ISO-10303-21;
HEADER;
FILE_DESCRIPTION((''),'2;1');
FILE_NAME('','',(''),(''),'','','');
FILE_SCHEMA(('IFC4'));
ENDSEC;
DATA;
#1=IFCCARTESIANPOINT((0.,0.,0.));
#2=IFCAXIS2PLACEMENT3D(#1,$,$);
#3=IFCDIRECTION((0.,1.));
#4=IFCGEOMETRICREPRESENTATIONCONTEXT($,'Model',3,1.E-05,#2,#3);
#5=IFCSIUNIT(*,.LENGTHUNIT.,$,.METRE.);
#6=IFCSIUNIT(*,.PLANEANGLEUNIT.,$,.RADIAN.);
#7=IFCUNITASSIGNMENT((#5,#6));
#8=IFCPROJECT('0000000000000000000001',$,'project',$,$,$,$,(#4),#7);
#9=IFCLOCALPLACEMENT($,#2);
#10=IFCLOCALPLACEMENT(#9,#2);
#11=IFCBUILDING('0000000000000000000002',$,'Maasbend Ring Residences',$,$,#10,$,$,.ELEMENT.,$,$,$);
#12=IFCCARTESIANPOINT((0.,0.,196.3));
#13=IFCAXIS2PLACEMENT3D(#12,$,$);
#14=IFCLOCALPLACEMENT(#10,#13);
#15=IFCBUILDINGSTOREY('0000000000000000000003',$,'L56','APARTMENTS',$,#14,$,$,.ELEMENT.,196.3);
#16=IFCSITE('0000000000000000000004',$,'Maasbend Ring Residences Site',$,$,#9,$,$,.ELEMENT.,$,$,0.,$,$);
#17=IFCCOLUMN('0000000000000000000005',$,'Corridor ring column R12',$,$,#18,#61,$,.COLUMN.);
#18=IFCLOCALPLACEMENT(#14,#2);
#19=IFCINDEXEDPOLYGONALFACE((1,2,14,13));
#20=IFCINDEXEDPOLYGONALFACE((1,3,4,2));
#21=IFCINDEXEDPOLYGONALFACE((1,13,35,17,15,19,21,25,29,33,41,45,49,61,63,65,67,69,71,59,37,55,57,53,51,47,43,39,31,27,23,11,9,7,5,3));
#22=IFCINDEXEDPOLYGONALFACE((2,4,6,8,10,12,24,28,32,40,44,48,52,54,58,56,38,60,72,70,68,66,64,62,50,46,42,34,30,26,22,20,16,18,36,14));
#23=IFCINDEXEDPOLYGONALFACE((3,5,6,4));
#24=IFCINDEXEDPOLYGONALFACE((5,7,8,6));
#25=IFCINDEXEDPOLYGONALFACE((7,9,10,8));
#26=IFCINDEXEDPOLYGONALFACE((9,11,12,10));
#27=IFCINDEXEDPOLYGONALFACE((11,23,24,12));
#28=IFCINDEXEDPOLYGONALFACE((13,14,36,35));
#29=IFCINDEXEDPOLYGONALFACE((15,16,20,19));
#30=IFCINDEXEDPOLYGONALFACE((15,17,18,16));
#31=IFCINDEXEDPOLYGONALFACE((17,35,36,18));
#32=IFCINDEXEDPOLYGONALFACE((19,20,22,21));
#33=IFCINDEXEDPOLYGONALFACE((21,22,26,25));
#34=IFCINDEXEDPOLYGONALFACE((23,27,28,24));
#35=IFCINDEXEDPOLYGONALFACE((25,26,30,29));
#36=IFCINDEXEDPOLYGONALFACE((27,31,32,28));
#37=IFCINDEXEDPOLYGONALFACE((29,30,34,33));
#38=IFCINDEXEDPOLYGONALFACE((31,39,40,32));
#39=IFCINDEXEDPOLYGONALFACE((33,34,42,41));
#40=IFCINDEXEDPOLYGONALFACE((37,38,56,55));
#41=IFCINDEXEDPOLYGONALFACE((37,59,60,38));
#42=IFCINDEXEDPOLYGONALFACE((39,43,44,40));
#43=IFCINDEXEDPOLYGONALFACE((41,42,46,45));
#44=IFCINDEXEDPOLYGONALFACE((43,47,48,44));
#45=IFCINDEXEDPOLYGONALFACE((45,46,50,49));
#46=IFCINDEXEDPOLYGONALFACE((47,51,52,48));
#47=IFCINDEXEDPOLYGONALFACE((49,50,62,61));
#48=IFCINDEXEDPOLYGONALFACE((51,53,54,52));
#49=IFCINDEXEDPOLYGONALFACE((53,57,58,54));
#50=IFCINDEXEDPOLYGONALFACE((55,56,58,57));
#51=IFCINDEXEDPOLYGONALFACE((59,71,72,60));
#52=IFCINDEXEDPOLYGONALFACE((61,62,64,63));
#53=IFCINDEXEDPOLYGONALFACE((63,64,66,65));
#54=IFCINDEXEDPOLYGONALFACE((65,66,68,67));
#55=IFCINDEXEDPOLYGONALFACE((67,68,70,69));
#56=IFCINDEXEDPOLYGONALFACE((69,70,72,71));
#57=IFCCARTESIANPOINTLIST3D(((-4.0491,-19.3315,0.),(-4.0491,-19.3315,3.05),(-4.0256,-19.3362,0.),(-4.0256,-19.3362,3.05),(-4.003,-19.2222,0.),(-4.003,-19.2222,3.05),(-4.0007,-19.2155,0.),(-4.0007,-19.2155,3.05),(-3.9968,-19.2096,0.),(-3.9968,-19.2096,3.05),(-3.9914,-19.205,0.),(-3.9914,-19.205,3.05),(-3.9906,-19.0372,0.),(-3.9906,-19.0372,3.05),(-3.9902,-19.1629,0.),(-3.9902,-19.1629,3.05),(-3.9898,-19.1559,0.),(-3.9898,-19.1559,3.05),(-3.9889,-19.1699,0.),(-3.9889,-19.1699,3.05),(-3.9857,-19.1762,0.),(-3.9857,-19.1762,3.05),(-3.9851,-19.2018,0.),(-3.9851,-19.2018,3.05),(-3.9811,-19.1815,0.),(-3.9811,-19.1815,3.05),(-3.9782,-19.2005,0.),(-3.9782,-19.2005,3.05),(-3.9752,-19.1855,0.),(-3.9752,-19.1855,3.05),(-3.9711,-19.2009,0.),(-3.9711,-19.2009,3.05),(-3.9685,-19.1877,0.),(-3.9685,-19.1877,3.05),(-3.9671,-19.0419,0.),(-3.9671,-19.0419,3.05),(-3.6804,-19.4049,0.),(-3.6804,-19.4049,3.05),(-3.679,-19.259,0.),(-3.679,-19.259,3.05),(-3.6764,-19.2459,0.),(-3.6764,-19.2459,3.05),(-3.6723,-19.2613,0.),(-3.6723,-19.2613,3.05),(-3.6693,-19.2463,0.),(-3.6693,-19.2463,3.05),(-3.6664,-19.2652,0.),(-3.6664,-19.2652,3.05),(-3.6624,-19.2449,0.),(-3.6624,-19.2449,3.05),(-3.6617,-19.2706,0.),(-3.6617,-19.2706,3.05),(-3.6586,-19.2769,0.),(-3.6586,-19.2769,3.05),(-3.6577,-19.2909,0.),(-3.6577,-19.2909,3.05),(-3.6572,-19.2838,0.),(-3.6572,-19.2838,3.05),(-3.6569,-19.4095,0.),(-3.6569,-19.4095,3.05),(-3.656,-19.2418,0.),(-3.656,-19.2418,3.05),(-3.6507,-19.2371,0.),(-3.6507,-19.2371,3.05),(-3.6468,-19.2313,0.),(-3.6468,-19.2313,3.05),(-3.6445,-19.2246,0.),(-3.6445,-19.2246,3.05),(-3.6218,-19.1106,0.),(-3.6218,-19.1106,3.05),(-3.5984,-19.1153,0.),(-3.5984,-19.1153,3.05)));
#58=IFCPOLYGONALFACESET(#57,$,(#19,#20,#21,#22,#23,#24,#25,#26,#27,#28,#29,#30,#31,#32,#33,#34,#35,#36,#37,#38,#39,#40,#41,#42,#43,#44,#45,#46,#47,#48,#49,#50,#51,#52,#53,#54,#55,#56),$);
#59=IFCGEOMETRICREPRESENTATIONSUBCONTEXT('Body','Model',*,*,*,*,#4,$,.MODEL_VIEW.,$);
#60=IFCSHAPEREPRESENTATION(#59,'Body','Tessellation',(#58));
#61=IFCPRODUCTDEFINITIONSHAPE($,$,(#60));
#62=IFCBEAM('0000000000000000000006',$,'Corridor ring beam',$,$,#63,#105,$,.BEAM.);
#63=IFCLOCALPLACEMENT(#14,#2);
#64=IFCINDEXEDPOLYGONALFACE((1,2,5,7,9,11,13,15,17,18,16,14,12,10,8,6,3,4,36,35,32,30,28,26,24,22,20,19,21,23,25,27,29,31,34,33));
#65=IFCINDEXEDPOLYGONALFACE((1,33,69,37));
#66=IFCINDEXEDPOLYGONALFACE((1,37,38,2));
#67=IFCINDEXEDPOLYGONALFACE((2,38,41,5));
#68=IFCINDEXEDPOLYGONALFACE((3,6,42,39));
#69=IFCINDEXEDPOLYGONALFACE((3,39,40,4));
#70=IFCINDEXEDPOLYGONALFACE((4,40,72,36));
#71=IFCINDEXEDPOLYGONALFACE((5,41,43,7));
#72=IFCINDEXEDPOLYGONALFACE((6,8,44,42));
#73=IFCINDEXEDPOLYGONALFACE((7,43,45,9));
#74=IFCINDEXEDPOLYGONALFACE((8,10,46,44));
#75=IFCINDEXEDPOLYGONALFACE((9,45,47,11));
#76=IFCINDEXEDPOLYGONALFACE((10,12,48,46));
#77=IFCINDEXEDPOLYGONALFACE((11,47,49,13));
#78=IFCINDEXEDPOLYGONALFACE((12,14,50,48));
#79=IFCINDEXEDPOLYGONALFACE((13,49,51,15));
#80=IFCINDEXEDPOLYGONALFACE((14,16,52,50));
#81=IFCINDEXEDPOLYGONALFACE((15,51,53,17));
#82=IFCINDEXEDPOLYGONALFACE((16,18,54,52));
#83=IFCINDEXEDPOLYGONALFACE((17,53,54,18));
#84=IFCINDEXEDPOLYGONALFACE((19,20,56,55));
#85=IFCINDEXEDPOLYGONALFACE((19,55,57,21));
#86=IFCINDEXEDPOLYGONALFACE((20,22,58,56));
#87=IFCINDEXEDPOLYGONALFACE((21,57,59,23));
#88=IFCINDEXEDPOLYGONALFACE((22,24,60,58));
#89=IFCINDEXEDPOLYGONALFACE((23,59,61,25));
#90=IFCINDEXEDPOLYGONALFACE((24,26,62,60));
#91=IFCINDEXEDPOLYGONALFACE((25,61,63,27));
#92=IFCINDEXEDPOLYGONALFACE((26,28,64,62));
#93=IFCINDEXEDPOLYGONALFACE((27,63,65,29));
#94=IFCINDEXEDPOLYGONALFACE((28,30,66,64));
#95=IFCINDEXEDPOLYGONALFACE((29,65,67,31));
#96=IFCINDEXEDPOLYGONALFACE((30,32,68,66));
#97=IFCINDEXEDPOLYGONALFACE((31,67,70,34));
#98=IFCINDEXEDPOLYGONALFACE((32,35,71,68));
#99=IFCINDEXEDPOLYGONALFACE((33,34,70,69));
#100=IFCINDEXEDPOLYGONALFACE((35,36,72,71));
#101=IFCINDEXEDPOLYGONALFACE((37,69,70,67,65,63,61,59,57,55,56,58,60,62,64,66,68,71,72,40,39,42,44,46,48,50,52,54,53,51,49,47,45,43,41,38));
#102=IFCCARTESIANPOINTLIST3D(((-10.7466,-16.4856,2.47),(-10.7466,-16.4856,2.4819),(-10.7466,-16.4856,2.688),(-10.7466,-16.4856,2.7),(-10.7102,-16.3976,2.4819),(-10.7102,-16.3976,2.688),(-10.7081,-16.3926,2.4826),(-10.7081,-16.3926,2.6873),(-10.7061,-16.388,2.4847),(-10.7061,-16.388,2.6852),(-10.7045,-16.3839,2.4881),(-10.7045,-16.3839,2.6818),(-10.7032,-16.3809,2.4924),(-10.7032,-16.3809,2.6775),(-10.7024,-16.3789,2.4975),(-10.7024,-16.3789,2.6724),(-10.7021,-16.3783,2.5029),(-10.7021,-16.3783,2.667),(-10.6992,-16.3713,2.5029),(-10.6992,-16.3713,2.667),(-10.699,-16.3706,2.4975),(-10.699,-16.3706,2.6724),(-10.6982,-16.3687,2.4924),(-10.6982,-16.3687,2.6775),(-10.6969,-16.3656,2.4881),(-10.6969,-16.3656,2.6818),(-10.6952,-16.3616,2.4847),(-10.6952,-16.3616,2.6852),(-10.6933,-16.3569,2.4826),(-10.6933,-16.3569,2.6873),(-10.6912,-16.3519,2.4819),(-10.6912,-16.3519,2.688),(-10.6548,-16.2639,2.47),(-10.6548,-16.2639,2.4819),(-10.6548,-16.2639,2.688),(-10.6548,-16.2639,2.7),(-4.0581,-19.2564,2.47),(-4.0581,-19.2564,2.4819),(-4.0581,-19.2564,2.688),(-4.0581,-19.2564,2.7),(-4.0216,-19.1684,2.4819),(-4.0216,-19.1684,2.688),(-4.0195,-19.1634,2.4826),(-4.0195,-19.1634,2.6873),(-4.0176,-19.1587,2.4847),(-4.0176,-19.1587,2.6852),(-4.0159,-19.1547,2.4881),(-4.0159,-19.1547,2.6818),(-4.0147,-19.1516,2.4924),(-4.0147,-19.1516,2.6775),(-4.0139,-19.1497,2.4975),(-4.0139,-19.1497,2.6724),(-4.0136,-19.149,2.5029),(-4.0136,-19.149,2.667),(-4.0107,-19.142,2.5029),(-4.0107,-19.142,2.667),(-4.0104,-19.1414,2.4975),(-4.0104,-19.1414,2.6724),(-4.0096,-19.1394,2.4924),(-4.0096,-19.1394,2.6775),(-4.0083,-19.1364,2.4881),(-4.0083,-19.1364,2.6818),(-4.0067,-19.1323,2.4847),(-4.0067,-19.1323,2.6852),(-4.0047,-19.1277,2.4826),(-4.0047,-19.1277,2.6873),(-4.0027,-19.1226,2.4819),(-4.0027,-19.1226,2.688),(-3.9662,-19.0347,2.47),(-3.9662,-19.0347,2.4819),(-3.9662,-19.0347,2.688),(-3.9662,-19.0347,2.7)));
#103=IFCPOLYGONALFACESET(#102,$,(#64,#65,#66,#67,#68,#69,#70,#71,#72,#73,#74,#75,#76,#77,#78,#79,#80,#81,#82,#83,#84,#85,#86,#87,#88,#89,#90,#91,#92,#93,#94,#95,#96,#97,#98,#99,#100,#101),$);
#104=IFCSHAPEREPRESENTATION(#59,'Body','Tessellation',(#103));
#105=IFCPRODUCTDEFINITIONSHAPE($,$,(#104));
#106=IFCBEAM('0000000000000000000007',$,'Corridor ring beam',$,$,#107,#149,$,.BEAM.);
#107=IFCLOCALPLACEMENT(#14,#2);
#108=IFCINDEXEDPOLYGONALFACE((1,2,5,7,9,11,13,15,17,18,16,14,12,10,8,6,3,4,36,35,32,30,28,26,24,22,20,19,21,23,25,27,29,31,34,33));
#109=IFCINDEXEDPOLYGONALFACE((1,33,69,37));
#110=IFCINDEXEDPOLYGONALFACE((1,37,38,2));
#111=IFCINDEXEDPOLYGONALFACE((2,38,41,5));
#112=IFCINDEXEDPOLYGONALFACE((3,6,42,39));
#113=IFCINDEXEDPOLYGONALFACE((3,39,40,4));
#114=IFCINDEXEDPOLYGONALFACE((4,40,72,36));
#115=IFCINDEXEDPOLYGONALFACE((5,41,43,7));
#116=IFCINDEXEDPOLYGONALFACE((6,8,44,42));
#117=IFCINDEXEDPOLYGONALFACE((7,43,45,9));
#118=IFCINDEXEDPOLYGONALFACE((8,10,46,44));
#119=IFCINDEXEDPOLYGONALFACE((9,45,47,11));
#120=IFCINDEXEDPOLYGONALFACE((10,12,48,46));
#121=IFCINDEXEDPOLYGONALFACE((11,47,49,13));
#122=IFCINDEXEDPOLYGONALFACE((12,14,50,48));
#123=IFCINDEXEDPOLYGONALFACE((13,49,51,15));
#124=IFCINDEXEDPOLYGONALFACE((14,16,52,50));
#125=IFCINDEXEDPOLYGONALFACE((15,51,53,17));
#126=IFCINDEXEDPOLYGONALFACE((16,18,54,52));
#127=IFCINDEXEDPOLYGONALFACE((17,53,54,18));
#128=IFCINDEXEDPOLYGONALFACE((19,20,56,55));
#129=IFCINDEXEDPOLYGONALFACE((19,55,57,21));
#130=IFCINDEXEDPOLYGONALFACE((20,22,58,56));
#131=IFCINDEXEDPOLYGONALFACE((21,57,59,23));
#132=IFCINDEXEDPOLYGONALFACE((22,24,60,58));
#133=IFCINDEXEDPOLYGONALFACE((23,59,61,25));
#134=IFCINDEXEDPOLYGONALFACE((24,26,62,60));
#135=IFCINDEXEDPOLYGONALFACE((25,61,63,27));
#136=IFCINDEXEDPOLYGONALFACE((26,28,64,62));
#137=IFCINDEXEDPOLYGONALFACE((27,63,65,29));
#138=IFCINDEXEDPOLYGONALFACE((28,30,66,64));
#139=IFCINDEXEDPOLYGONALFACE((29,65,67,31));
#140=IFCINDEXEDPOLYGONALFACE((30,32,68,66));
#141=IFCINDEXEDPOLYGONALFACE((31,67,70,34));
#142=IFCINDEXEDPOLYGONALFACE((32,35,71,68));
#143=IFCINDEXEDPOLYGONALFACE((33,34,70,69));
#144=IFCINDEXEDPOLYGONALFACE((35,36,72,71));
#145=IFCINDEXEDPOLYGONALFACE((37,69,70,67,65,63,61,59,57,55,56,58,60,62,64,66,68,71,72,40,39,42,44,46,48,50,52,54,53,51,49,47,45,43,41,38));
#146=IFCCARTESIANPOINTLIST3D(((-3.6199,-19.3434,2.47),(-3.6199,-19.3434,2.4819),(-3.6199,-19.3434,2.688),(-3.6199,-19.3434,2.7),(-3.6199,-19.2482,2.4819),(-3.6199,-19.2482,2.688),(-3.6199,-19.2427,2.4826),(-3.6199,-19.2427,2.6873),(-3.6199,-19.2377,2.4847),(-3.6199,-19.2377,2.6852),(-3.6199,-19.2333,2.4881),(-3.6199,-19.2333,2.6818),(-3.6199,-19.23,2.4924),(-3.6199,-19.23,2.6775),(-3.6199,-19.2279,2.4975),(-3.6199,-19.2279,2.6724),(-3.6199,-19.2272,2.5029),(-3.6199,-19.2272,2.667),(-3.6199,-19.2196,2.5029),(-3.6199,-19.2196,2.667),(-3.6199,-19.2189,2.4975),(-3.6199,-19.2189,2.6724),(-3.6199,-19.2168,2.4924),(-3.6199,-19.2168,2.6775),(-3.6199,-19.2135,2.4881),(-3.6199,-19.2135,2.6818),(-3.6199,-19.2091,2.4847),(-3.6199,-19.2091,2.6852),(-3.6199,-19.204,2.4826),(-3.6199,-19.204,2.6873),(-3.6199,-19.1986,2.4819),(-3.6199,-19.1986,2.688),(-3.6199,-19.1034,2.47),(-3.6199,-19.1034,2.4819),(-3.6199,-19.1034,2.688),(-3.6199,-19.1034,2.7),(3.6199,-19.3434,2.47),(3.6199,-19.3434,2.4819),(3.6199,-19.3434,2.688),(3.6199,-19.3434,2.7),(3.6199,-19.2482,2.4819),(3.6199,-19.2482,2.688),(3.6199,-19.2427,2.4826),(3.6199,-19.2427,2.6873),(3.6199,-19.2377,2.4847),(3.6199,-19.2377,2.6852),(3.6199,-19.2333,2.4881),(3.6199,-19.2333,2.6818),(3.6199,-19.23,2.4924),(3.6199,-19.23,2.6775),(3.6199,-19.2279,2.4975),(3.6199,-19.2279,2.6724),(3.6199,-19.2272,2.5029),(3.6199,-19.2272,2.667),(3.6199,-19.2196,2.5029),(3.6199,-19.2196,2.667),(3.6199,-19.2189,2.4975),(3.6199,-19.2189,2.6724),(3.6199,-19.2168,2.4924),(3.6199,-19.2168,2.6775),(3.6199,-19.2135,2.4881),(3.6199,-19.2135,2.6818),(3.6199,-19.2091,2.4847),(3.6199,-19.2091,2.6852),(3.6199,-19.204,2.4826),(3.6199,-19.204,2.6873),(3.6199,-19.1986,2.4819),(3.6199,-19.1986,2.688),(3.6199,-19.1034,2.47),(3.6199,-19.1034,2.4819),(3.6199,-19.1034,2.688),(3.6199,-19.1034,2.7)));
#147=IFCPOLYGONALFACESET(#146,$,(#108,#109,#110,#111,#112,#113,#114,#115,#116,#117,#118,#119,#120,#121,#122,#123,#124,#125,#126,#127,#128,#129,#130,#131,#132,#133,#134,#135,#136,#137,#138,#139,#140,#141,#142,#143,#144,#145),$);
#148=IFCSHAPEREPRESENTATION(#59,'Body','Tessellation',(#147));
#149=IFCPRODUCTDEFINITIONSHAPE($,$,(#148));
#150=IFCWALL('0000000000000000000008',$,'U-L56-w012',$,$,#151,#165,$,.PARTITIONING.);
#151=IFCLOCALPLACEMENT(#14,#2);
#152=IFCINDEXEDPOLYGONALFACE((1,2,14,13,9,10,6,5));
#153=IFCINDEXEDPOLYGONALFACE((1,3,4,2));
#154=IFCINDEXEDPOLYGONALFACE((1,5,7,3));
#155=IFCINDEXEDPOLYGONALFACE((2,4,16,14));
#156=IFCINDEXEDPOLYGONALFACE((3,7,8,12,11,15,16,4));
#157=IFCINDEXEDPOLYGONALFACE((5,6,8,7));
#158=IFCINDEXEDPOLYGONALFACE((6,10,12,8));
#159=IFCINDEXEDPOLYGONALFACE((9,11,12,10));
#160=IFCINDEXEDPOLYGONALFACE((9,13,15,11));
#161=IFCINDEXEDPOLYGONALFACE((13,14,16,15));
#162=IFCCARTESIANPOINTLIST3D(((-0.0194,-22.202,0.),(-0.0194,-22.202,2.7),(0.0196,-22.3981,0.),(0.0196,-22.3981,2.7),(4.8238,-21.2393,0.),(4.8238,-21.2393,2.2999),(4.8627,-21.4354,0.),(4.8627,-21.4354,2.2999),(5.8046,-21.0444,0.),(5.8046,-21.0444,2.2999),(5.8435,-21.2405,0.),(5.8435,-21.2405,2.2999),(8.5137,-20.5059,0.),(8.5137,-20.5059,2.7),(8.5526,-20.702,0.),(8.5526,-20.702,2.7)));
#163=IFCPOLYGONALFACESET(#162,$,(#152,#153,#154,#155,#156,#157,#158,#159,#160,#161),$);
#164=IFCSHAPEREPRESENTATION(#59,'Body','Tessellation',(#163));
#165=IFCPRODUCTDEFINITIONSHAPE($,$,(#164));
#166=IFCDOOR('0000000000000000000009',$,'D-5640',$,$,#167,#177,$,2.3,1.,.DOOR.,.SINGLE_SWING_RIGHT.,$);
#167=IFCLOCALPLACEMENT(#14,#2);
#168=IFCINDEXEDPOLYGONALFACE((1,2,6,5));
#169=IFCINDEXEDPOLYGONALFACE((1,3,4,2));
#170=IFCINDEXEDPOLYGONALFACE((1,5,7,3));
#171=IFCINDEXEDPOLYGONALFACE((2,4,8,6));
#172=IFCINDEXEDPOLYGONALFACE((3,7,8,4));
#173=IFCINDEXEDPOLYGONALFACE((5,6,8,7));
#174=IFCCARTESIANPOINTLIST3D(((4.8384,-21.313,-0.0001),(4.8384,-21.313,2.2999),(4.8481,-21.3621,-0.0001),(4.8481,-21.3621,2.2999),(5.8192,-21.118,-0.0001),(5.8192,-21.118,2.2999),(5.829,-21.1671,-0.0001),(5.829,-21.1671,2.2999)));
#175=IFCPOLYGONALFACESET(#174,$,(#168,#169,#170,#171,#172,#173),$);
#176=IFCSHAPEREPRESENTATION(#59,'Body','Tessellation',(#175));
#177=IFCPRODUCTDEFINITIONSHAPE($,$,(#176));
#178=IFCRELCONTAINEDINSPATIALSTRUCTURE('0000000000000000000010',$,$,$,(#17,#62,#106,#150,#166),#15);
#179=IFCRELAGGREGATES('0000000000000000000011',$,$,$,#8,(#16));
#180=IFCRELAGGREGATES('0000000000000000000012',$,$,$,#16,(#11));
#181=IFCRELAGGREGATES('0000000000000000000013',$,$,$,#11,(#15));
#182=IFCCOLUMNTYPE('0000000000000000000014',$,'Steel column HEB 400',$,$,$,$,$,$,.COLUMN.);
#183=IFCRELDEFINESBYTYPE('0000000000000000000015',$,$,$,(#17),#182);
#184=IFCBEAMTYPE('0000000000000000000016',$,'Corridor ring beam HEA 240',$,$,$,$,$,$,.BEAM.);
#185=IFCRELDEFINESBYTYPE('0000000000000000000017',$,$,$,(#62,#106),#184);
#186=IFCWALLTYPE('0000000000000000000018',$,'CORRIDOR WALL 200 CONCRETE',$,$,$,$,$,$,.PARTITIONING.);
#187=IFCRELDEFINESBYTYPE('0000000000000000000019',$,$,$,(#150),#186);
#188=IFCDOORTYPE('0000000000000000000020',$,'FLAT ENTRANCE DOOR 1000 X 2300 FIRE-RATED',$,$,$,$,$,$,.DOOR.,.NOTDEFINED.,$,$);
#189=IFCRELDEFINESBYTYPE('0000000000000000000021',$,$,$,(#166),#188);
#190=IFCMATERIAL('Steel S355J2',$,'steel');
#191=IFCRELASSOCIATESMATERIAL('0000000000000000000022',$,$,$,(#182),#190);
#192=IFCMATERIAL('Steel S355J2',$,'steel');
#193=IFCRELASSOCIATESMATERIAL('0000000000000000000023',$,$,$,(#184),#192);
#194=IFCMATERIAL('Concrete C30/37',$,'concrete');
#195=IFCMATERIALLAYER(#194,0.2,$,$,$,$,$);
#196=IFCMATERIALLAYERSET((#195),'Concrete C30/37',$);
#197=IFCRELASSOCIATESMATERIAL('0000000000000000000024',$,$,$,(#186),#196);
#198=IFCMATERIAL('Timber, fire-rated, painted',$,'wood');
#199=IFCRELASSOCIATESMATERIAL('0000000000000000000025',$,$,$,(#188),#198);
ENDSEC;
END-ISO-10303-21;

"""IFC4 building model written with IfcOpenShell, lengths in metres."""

from ifc_helpers import new_model, si_unit, direction, frame, frame_2d, origin, origin_2d, place, context, subcontext, project, spatial, rectangle, i_section, extrude, material, layer, layer_set, material_profile, profile_set, type_object, element, fill, save


model = new_model("IFC4")

# Units and contexts
model_context = context("Model", 3, precision=1e-05, world=origin(), true_north=direction((0.0, 1.0)))
body_context = subcontext(model_context, "Body", "Model", "MODEL_VIEW")
ifc_project = project(units=[si_unit("LENGTHUNIT", "METRE"), si_unit("PLANEANGLEUNIT", "RADIAN")], contexts=[model_context])

# Site, building, storey
site_placement = place(None, origin())
site = spatial("IfcSite", under=ifc_project, at=site_placement, Name="Maasbend Ring Residences Site", CompositionType="ELEMENT", RefElevation=0.0)
building_placement = place(site_placement, origin())
building = spatial("IfcBuilding", under=site, at=building_placement, Name="Maasbend Ring Residences", CompositionType="ELEMENT")
storey_placement = place(building_placement, frame((0.0, 0.0, 196.3)))
storey = spatial("IfcBuildingStorey", under=building, at=storey_placement, Name="L56", Description="APARTMENTS", CompositionType="ELEMENT", Elevation=196.3)

# Column
ifc_material_1 = material(Name="Steel S355J2", Category="steel")
ifc_material_profile_1 = material_profile(ifc_material_1, i_section(OverallWidth=0.3, OverallDepth=0.3999, WebThickness=0.0134, FlangeThickness=0.0239, FilletRadius=0.0271, at=origin_2d()), Name="HEB 400")
ifc_profile_set_1 = profile_set([ifc_material_profile_1], Name="Steel S355J2")
column_type = type_object("IfcColumnType", Name="Steel column HEB 400", PredefinedType="COLUMN", material=ifc_profile_set_1)
column_placement = place(storey_placement, frame((-3.8237, -19.2234, 0.0), z_axis=(0.0, 0.0, 1.0), x_axis=(-0.19509, -0.980785, 0.0)))
element("IfcColumn", 1, at=column_placement, inside=storey, type_object=column_type, Name="Corridor ring column R12", PredefinedType="COLUMN", context=body_context, shape_type="SweptSolid", body=[
    extrude(i_section(OverallWidth=0.3, OverallDepth=0.3999, WebThickness=0.0134, FlangeThickness=0.0239, FilletRadius=0.0271, at=origin_2d()), origin(), (0.0, 0.0, 1.0), 3.05),
])

# Beams
ifc_material_2 = material(Name="Steel S355J2", Category="steel")
ifc_material_profile_2 = material_profile(ifc_material_2, i_section(OverallWidth=0.24, OverallDepth=0.23, WebThickness=0.0076, FlangeThickness=0.012, FilletRadius=0.021, at=origin_2d()), Name="HEA 240")
ifc_profile_set_2 = profile_set([ifc_material_profile_2], Name="Steel S355J2")
beam_type = type_object("IfcBeamType", Name="Corridor ring beam HEA 240", PredefinedType="BEAM", material=ifc_profile_set_2)
for number, where, z_axis, x_axis, name in (
    (2, (-10.7007, -16.3748, 2.585), (0.923865, -0.382718, 0.0), (0.382718, 0.923865, 0.0), "Corridor ring beam"),
    (3, (-3.6199, -19.2234, 2.585), (1.0, 0.0, 0.0), (0.0, 1.0, 0.0), "Corridor ring beam"),
):
    element("IfcBeam", number, at=place(storey_placement, frame(where, z_axis=z_axis, x_axis=x_axis)), inside=storey, type_object=beam_type, Name=name, PredefinedType="BEAM", context=body_context, shape_type="SweptSolid", body=[
        extrude(i_section(OverallWidth=0.24, OverallDepth=0.23, WebThickness=0.0076, FlangeThickness=0.012, FilletRadius=0.021, at=origin_2d()), origin(), (0.0, 0.0, 1.0), 7.2397),
    ])

# Wall, opening, door
ifc_material_3 = material(Name="Concrete C30/37", Category="concrete")
ifc_layer_1 = layer(ifc_material_3, 0.2)
ifc_layer_set_1 = layer_set([ifc_layer_1], Name="Concrete C30/37")
wall_type_1 = type_object("IfcWallType", Name="CORRIDOR WALL 200 CONCRETE", PredefinedType="PARTITIONING", material=ifc_layer_set_1)
wall_1_placement = place(storey_placement, frame((0.0, -22.3, 0.0), z_axis=(0.0, 0.0, 1.0), x_axis=(0.980813, 0.19495, 0.0)))
wall_1 = element("IfcWall", 4, at=wall_1_placement, inside=storey, type_object=wall_type_1, Name="U-L56-w012", PredefinedType="PARTITIONING", context=body_context, shape_type="SweptSolid", body=[
    extrude(rectangle(XDim=8.7, YDim=0.2, at=frame_2d((4.3501, 0.0))), origin(), (0.0, 0.0, 1.0), 2.7),
])
opening_1_placement = place(wall_1_placement, frame((4.938, 0.0, 0.0)))
opening_1 = element("IfcOpeningElement", 5, at=opening_1_placement, cuts=wall_1, PredefinedType="OPENING", context=body_context, shape_type="SweptSolid", body=[
    extrude(rectangle(XDim=1.0, YDim=2.3, at=frame_2d((0.5, 1.1499))), frame((0.0, 0.1099, 0.0), z_axis=(0.0, -1.0, 0.0), x_axis=(1.0, 0.0, 0.0)), (0.0, 0.0, 1.0), 0.22),
])
ifc_material_4 = material(Name="Timber, fire-rated, painted", Category="wood")
door_type_1 = type_object("IfcDoorType", Name="FLAT ENTRANCE DOOR 1000 X 2300 FIRE-RATED", OperationType="NOTDEFINED", PredefinedType="DOOR", material=ifc_material_4)
door_1_placement = place(opening_1_placement, origin())
door_1 = element("IfcDoor", 6, at=door_1_placement, inside=storey, type_object=door_type_1, Name="D-5640", OperationType="SINGLE_SWING_RIGHT", OverallHeight=2.3, OverallWidth=1.0, PredefinedType="DOOR", context=body_context, shape_type="SweptSolid", body=[
    extrude(rectangle(XDim=1.0, YDim=2.3, at=frame_2d((0.5, 1.1499))), frame((0.0, 0.0249, 0.0), z_axis=(0.0, -1.0, 0.0), x_axis=(1.0, 0.0, 0.0)), (0.0, 0.0, 1.0), 0.05),
])
fill(opening_1, door_1)

save(model, "model.ifc")
